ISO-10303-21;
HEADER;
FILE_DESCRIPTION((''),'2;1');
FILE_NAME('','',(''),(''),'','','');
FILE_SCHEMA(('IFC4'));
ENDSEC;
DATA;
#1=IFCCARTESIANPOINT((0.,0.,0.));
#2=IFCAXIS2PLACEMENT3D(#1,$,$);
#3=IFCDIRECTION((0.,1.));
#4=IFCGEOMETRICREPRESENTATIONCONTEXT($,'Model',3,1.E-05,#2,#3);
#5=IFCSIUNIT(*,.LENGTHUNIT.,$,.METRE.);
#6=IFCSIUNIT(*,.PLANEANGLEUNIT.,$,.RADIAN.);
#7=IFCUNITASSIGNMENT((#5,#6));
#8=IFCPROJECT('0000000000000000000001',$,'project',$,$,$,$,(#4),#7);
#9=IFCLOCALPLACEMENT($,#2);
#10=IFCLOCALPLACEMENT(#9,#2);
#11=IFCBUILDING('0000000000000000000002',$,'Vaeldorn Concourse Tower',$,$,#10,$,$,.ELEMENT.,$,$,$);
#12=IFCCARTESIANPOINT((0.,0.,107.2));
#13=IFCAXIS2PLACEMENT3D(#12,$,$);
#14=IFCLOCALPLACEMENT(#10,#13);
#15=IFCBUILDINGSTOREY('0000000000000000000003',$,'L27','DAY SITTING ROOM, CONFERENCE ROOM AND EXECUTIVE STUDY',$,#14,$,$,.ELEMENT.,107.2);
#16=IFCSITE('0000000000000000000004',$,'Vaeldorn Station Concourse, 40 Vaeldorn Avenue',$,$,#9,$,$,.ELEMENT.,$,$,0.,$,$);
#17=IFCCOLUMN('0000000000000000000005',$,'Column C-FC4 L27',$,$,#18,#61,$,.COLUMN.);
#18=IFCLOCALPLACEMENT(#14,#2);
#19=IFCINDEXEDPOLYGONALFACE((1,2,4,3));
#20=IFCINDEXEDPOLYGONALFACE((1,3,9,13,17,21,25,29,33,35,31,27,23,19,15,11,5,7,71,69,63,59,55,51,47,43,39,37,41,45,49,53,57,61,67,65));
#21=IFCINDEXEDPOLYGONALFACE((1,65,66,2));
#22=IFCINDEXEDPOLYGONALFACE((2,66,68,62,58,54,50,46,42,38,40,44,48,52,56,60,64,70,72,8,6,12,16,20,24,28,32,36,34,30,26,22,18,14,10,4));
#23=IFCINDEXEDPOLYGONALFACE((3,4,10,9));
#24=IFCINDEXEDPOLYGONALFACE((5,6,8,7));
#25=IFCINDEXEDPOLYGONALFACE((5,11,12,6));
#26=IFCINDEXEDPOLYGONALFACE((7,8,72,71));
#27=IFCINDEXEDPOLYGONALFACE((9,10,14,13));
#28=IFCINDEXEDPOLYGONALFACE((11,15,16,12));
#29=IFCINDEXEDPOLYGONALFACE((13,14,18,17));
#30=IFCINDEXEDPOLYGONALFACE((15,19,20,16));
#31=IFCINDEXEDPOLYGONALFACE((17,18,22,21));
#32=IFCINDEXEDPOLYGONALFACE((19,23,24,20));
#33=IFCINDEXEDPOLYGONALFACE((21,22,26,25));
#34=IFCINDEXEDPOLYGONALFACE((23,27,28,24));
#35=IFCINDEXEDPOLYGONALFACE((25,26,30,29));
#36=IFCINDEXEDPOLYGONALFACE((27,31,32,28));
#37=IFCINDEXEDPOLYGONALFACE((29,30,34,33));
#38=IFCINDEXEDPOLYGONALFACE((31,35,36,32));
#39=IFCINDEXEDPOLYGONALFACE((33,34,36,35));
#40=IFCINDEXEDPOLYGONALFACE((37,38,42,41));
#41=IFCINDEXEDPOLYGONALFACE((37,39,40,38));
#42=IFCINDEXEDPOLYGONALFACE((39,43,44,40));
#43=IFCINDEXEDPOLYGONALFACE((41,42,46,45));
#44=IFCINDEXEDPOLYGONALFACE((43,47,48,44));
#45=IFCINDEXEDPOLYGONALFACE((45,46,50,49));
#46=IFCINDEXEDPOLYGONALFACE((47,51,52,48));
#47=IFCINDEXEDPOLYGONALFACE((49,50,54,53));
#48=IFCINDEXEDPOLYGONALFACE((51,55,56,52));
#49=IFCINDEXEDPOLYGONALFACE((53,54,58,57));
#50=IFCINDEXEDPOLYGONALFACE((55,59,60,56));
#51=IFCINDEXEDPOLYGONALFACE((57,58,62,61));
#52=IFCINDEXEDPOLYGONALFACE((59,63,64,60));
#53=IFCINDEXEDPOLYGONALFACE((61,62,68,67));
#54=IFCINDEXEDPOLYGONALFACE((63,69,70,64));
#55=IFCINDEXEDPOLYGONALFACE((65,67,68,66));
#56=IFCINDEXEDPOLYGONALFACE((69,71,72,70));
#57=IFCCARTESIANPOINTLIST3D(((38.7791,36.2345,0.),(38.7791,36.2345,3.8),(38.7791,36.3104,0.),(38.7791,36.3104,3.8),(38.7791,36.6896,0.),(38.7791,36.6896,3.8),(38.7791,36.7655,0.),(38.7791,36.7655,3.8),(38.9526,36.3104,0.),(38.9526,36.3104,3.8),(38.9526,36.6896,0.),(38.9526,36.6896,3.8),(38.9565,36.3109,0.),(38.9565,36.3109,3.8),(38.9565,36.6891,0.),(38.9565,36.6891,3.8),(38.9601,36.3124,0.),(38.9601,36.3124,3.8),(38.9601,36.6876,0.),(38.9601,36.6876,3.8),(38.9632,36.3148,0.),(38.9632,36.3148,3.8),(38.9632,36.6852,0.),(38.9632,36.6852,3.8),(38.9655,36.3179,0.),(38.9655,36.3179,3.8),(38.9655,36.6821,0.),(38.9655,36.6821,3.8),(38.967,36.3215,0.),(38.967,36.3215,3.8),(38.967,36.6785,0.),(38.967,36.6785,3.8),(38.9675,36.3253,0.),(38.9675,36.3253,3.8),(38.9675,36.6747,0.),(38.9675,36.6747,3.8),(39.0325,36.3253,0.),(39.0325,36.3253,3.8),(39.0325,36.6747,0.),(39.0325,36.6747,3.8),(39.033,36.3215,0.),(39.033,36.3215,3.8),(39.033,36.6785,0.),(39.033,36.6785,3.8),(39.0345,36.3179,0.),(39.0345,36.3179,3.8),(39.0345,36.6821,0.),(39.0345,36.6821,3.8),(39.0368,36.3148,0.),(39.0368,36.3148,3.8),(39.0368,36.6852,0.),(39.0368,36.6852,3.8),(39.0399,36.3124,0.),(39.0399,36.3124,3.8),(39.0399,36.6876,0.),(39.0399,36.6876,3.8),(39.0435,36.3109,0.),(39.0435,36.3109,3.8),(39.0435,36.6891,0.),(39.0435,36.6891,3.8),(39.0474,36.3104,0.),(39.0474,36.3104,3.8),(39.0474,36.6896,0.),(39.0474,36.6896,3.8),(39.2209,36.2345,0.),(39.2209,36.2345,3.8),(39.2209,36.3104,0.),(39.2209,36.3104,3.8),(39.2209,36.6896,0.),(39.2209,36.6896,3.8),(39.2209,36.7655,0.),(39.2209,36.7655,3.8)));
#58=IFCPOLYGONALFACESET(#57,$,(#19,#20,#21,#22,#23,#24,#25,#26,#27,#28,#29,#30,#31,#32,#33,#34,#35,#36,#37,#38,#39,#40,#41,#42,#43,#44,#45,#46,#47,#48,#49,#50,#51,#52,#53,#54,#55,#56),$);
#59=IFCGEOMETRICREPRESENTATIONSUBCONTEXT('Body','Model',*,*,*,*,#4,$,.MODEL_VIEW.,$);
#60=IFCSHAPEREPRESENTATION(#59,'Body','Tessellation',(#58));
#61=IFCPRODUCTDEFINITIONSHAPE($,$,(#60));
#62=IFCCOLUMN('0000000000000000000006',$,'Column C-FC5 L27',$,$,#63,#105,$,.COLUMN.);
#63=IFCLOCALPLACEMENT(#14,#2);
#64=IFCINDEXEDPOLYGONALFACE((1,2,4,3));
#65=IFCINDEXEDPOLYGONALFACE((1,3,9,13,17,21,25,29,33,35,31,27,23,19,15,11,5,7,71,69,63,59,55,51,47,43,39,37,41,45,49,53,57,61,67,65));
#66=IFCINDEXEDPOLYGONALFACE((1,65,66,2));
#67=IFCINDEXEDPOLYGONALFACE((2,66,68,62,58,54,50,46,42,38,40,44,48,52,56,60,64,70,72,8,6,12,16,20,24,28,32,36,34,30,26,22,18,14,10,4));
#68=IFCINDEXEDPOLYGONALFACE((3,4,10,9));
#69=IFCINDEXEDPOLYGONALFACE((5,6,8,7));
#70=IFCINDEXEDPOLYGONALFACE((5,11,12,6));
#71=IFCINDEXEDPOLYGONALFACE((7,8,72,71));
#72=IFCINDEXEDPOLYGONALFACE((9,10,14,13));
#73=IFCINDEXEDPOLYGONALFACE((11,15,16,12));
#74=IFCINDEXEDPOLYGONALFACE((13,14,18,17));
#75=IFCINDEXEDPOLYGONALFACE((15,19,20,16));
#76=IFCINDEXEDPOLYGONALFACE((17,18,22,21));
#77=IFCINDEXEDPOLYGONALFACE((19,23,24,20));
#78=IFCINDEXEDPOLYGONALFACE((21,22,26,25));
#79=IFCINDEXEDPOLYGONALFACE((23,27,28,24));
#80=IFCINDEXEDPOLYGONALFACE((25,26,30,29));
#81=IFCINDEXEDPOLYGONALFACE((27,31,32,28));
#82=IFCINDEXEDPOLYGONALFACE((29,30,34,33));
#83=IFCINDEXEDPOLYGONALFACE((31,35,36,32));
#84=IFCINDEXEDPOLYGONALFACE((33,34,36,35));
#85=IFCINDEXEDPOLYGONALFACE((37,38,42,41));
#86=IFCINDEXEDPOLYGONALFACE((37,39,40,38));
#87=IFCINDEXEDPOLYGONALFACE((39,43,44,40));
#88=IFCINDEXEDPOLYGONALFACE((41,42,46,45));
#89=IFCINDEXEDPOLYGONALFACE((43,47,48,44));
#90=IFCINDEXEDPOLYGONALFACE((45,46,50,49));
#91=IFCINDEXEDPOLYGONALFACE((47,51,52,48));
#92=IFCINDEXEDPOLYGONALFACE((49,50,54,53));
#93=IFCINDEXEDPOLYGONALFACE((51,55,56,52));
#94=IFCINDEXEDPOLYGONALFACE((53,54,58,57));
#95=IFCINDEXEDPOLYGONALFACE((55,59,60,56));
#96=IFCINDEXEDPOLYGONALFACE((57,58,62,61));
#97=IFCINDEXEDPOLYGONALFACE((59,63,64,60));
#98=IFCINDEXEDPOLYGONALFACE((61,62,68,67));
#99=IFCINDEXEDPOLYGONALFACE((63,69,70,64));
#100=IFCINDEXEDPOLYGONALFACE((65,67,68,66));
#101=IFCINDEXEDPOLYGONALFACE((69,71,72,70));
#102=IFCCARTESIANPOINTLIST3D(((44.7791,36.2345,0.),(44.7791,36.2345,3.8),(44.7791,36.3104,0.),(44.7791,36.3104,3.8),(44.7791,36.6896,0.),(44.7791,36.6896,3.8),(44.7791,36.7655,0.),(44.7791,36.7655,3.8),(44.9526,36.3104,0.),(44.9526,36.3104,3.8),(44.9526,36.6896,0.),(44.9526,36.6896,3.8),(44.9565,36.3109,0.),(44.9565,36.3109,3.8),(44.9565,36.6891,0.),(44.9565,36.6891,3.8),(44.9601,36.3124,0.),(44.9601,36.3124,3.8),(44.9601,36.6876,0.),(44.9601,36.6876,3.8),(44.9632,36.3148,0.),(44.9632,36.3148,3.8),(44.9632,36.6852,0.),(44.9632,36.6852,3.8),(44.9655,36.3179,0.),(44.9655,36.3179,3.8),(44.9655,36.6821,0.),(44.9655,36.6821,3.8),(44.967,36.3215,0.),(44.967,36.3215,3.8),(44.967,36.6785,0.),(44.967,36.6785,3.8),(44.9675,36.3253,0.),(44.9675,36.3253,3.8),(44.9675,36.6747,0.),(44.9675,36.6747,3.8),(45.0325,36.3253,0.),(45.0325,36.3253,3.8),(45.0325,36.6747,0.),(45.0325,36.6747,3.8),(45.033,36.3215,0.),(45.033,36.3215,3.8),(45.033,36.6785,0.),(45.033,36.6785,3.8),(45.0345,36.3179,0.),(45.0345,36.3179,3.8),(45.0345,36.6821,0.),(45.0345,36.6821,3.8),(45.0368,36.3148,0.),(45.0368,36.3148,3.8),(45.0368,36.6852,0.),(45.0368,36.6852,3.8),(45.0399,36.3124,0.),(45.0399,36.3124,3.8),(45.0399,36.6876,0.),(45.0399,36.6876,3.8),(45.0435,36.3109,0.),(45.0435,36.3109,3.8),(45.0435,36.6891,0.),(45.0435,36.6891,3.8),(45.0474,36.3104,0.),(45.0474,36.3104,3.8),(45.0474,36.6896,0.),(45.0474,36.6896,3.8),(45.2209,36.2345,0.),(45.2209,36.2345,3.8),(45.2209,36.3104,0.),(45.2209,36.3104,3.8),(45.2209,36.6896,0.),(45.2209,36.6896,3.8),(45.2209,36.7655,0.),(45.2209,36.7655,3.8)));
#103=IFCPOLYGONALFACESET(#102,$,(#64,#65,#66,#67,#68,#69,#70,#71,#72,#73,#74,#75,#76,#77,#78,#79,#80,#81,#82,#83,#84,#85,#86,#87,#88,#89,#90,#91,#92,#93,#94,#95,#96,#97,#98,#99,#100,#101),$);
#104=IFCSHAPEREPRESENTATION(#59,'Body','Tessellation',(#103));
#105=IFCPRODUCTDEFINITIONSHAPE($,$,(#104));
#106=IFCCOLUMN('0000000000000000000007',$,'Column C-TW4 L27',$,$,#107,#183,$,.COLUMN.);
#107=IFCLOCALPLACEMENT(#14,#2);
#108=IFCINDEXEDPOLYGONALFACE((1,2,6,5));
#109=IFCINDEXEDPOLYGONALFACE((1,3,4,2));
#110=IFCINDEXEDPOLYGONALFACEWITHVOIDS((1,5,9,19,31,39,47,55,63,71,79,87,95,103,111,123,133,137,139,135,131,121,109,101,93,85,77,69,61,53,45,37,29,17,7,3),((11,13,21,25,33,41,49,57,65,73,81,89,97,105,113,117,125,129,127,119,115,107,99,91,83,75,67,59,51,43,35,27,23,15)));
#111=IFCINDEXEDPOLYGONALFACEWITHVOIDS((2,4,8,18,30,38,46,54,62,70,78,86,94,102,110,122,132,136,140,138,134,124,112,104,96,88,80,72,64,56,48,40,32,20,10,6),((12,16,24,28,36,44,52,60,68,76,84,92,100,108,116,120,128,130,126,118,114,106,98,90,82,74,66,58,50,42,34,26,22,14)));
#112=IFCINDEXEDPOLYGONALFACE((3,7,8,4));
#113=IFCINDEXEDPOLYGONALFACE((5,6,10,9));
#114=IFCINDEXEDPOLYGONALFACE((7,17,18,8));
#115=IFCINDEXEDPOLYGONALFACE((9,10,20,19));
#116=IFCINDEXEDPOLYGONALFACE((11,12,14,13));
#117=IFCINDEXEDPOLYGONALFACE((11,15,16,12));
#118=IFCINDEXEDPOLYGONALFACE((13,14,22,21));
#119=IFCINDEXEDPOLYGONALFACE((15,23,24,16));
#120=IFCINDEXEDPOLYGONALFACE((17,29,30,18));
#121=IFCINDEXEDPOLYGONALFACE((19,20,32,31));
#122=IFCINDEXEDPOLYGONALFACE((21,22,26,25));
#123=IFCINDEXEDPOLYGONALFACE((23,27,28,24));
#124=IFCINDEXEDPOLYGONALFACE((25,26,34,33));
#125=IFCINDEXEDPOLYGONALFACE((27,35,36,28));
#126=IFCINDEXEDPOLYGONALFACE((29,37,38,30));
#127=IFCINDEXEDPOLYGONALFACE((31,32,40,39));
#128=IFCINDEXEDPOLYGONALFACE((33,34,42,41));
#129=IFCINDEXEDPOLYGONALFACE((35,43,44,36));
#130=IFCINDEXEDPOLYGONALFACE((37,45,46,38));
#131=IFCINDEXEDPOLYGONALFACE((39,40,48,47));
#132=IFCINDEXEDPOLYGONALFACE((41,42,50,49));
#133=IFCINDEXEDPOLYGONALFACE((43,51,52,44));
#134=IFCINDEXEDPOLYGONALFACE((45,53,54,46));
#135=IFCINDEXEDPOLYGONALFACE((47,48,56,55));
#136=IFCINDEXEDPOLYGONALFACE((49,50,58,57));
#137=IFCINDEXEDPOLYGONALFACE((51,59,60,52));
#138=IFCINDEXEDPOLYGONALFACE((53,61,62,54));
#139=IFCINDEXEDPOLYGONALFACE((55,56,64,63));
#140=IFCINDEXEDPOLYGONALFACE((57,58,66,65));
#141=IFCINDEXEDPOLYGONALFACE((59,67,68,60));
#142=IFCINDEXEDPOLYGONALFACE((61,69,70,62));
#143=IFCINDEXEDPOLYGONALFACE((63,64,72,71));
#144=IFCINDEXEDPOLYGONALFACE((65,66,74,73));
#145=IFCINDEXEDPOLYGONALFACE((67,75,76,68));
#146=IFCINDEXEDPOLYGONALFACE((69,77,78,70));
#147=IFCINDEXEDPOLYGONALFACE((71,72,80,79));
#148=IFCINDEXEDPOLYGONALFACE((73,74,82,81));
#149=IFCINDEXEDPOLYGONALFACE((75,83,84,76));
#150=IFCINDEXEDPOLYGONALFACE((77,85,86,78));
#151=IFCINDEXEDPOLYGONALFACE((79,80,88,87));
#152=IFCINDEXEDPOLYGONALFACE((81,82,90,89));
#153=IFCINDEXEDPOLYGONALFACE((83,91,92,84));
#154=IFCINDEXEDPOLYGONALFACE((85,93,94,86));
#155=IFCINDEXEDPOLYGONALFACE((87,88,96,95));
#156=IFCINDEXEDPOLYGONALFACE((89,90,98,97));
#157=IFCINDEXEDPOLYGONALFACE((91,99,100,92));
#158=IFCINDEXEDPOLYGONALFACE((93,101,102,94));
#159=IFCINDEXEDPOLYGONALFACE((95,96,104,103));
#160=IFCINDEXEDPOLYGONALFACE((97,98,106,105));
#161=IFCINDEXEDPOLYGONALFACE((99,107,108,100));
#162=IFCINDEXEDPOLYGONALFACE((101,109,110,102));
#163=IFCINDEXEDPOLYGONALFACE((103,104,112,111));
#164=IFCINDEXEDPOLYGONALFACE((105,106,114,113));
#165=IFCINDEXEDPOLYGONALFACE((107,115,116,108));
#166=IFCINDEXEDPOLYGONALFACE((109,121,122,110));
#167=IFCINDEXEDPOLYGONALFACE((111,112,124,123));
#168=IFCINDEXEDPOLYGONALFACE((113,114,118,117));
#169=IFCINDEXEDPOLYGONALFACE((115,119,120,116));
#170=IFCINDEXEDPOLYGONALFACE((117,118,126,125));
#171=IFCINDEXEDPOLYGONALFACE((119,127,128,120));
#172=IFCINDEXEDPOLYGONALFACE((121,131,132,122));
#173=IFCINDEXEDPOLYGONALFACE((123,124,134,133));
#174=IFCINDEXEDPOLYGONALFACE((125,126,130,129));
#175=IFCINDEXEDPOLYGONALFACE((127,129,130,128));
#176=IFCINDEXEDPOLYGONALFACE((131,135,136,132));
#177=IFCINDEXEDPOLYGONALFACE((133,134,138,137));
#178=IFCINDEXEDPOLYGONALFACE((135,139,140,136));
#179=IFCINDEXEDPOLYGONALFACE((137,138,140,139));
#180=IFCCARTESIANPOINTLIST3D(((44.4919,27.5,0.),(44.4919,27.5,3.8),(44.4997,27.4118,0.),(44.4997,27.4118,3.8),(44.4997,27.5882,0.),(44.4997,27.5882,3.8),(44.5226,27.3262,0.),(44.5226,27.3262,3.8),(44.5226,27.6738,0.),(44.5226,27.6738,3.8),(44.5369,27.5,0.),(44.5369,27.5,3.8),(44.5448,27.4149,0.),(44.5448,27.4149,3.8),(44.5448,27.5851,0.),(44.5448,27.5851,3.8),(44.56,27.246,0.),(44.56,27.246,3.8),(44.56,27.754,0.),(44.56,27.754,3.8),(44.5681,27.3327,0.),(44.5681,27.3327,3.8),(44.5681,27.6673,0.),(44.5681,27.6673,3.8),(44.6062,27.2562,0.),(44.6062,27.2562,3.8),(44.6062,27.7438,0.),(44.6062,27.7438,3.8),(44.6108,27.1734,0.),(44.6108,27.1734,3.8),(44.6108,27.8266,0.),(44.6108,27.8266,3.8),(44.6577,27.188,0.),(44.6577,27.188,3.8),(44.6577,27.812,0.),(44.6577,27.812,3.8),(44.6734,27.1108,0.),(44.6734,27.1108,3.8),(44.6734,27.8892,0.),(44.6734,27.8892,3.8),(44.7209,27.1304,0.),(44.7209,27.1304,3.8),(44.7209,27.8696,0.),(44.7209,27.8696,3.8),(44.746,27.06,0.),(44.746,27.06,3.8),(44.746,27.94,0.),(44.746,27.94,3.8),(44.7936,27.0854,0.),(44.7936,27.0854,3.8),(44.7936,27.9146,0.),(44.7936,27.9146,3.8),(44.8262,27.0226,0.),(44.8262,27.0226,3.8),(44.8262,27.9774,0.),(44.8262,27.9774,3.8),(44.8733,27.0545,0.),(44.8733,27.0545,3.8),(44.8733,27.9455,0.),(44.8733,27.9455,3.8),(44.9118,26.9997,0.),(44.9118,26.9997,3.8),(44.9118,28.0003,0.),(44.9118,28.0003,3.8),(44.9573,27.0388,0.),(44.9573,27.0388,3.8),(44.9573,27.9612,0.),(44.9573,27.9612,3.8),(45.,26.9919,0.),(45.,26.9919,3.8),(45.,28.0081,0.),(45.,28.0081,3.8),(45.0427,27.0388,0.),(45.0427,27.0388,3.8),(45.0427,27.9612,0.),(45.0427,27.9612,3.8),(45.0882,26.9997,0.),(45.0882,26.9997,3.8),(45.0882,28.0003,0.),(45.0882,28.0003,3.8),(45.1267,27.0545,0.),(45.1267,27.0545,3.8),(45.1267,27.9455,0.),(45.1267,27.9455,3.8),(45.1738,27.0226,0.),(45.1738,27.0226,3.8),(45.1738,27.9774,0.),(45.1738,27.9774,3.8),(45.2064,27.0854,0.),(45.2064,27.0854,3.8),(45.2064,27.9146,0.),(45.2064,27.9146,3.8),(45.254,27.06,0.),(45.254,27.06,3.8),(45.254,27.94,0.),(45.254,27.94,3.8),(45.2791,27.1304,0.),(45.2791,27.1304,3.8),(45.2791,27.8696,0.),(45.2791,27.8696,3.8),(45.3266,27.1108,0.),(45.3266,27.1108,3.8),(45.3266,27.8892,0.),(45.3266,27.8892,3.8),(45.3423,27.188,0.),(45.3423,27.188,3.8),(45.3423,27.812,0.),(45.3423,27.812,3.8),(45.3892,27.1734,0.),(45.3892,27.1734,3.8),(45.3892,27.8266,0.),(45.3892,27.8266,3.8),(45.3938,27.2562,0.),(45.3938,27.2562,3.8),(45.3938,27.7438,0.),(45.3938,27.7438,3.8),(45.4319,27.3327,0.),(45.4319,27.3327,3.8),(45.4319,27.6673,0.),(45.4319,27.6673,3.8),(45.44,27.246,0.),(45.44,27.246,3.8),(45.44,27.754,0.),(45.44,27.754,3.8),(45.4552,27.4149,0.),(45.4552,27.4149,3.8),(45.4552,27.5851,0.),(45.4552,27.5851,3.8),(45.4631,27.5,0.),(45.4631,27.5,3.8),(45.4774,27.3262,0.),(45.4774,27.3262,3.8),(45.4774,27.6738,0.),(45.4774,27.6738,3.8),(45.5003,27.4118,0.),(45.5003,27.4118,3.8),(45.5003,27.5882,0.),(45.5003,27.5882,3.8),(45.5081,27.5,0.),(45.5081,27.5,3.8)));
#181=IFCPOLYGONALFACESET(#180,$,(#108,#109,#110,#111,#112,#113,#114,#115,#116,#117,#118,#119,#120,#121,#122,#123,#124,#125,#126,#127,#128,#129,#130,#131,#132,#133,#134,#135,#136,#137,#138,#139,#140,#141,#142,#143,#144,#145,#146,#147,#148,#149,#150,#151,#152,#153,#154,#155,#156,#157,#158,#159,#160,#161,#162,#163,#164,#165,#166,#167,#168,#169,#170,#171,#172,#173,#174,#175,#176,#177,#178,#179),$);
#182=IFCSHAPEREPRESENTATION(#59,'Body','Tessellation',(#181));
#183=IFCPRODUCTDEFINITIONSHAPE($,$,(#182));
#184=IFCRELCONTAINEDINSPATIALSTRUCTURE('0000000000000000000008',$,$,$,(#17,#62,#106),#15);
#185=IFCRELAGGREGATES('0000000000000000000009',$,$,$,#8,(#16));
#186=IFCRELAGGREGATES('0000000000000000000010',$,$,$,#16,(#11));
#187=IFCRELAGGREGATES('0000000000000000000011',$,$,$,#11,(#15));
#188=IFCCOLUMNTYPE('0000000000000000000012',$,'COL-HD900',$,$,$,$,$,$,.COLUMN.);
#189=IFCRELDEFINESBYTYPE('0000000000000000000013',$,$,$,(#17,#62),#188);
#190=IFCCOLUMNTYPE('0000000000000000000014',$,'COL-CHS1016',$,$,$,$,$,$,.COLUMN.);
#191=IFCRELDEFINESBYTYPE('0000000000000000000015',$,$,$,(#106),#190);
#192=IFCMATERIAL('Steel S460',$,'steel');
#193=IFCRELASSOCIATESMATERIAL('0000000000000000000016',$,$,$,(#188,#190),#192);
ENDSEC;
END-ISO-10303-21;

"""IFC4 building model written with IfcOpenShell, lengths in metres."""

from ifc_helpers import new_model, si_unit, direction, frame, origin, origin_2d, place, context, subcontext, project, spatial, hollow_circle, i_section, extrude, source, transform, mapped, material, material_profile, profile_set, type_object, element, save


model = new_model("IFC4")

# Units and contexts
model_context = context("Model", 3, precision=1e-05, world=origin(), true_north=direction((0.0, 1.0)))
body_context = subcontext(model_context, "Body", "Model", "MODEL_VIEW")
ifc_project = project(units=[si_unit("LENGTHUNIT", "METRE"), si_unit("PLANEANGLEUNIT", "RADIAN")], contexts=[model_context])

# Site, building, storey
site_placement = place(None, origin())
site = spatial("IfcSite", under=ifc_project, at=site_placement, Name="Vaeldorn Station Concourse, 40 Vaeldorn Avenue", CompositionType="ELEMENT", RefElevation=0.0)
building_placement = place(site_placement, origin())
building = spatial("IfcBuilding", under=site, at=building_placement, Name="Vaeldorn Concourse Tower", CompositionType="ELEMENT")
storey_placement = place(building_placement, frame((0.0, 0.0, 107.2)))
storey = spatial("IfcBuildingStorey", under=building, at=storey_placement, Name="L27", Description="DAY SITTING ROOM, CONFERENCE ROOM AND EXECUTIVE STUDY", CompositionType="ELEMENT", Elevation=107.2)

# Columns
ifc_material_1 = material(Name="Steel S460", Category="steel")
ifc_material_profile_1 = material_profile(ifc_material_1, i_section(OverallWidth=0.4419, OverallDepth=0.531, WebThickness=0.0649, FlangeThickness=0.0759, FilletRadius=0.0149, at=origin_2d()), Name="HD 400x900")
ifc_profile_set_1 = profile_set([ifc_material_profile_1], Name="Steel S460")
column_type_1 = type_object("IfcColumnType", Name="COL-HD900", PredefinedType="COLUMN", material=ifc_profile_set_1)
shared_shape_1 = source(origin(), body_context, "Body", "SweptSolid", [
    extrude(i_section(OverallWidth=0.4419, OverallDepth=0.531, WebThickness=0.0649, FlangeThickness=0.0759, FilletRadius=0.0149, at=origin_2d()), origin(), (0.0, 0.0, 1.0), 3.8),
])
for number, where, z_axis, x_axis, name in (
    (1, (39.0, 36.5, 0.0), (0.0, 0.0, 1.0), (1.0, 0.0, 0.0), "Column C-FC4 L27"),
    (2, (45.0, 36.5, 0.0), (0.0, 0.0, 1.0), (1.0, 0.0, 0.0), "Column C-FC5 L27"),
):
    element("IfcColumn", number, at=place(storey_placement, frame(where, z_axis=z_axis, x_axis=x_axis)), inside=storey, type_object=column_type_1, Name=name, PredefinedType="COLUMN", context=body_context, shape_type="MappedRepresentation", body=[
        mapped(shared_shape_1, transform((0.0, 0.0, 0.0), scale=1.0)),
    ])
ifc_material_profile_2 = material_profile(ifc_material_1, hollow_circle(Radius=0.5081, WallThickness=0.0449, at=origin_2d()), Name="CHS 1016x45")
ifc_profile_set_2 = profile_set([ifc_material_profile_2], Name="Steel S460")
column_type_2 = type_object("IfcColumnType", Name="COL-CHS1016", PredefinedType="COLUMN", material=ifc_profile_set_2)
shared_shape_2 = source(origin(), body_context, "Body", "SweptSolid", [
    extrude(hollow_circle(Radius=0.5081, WallThickness=0.0449, at=origin_2d()), origin(), (0.0, 0.0, 1.0), 3.8),
])
column_placement = place(storey_placement, frame((45.0, 27.5, 0.0), z_axis=(0.0, 0.0, 1.0), x_axis=(1.0, 0.0, 0.0)))
element("IfcColumn", 3, at=column_placement, inside=storey, type_object=column_type_2, Name="Column C-TW4 L27", PredefinedType="COLUMN", context=body_context, shape_type="MappedRepresentation", body=[
    mapped(shared_shape_2, transform((0.0, 0.0, 0.0), scale=1.0)),
])

save(model, "model.ifc")
